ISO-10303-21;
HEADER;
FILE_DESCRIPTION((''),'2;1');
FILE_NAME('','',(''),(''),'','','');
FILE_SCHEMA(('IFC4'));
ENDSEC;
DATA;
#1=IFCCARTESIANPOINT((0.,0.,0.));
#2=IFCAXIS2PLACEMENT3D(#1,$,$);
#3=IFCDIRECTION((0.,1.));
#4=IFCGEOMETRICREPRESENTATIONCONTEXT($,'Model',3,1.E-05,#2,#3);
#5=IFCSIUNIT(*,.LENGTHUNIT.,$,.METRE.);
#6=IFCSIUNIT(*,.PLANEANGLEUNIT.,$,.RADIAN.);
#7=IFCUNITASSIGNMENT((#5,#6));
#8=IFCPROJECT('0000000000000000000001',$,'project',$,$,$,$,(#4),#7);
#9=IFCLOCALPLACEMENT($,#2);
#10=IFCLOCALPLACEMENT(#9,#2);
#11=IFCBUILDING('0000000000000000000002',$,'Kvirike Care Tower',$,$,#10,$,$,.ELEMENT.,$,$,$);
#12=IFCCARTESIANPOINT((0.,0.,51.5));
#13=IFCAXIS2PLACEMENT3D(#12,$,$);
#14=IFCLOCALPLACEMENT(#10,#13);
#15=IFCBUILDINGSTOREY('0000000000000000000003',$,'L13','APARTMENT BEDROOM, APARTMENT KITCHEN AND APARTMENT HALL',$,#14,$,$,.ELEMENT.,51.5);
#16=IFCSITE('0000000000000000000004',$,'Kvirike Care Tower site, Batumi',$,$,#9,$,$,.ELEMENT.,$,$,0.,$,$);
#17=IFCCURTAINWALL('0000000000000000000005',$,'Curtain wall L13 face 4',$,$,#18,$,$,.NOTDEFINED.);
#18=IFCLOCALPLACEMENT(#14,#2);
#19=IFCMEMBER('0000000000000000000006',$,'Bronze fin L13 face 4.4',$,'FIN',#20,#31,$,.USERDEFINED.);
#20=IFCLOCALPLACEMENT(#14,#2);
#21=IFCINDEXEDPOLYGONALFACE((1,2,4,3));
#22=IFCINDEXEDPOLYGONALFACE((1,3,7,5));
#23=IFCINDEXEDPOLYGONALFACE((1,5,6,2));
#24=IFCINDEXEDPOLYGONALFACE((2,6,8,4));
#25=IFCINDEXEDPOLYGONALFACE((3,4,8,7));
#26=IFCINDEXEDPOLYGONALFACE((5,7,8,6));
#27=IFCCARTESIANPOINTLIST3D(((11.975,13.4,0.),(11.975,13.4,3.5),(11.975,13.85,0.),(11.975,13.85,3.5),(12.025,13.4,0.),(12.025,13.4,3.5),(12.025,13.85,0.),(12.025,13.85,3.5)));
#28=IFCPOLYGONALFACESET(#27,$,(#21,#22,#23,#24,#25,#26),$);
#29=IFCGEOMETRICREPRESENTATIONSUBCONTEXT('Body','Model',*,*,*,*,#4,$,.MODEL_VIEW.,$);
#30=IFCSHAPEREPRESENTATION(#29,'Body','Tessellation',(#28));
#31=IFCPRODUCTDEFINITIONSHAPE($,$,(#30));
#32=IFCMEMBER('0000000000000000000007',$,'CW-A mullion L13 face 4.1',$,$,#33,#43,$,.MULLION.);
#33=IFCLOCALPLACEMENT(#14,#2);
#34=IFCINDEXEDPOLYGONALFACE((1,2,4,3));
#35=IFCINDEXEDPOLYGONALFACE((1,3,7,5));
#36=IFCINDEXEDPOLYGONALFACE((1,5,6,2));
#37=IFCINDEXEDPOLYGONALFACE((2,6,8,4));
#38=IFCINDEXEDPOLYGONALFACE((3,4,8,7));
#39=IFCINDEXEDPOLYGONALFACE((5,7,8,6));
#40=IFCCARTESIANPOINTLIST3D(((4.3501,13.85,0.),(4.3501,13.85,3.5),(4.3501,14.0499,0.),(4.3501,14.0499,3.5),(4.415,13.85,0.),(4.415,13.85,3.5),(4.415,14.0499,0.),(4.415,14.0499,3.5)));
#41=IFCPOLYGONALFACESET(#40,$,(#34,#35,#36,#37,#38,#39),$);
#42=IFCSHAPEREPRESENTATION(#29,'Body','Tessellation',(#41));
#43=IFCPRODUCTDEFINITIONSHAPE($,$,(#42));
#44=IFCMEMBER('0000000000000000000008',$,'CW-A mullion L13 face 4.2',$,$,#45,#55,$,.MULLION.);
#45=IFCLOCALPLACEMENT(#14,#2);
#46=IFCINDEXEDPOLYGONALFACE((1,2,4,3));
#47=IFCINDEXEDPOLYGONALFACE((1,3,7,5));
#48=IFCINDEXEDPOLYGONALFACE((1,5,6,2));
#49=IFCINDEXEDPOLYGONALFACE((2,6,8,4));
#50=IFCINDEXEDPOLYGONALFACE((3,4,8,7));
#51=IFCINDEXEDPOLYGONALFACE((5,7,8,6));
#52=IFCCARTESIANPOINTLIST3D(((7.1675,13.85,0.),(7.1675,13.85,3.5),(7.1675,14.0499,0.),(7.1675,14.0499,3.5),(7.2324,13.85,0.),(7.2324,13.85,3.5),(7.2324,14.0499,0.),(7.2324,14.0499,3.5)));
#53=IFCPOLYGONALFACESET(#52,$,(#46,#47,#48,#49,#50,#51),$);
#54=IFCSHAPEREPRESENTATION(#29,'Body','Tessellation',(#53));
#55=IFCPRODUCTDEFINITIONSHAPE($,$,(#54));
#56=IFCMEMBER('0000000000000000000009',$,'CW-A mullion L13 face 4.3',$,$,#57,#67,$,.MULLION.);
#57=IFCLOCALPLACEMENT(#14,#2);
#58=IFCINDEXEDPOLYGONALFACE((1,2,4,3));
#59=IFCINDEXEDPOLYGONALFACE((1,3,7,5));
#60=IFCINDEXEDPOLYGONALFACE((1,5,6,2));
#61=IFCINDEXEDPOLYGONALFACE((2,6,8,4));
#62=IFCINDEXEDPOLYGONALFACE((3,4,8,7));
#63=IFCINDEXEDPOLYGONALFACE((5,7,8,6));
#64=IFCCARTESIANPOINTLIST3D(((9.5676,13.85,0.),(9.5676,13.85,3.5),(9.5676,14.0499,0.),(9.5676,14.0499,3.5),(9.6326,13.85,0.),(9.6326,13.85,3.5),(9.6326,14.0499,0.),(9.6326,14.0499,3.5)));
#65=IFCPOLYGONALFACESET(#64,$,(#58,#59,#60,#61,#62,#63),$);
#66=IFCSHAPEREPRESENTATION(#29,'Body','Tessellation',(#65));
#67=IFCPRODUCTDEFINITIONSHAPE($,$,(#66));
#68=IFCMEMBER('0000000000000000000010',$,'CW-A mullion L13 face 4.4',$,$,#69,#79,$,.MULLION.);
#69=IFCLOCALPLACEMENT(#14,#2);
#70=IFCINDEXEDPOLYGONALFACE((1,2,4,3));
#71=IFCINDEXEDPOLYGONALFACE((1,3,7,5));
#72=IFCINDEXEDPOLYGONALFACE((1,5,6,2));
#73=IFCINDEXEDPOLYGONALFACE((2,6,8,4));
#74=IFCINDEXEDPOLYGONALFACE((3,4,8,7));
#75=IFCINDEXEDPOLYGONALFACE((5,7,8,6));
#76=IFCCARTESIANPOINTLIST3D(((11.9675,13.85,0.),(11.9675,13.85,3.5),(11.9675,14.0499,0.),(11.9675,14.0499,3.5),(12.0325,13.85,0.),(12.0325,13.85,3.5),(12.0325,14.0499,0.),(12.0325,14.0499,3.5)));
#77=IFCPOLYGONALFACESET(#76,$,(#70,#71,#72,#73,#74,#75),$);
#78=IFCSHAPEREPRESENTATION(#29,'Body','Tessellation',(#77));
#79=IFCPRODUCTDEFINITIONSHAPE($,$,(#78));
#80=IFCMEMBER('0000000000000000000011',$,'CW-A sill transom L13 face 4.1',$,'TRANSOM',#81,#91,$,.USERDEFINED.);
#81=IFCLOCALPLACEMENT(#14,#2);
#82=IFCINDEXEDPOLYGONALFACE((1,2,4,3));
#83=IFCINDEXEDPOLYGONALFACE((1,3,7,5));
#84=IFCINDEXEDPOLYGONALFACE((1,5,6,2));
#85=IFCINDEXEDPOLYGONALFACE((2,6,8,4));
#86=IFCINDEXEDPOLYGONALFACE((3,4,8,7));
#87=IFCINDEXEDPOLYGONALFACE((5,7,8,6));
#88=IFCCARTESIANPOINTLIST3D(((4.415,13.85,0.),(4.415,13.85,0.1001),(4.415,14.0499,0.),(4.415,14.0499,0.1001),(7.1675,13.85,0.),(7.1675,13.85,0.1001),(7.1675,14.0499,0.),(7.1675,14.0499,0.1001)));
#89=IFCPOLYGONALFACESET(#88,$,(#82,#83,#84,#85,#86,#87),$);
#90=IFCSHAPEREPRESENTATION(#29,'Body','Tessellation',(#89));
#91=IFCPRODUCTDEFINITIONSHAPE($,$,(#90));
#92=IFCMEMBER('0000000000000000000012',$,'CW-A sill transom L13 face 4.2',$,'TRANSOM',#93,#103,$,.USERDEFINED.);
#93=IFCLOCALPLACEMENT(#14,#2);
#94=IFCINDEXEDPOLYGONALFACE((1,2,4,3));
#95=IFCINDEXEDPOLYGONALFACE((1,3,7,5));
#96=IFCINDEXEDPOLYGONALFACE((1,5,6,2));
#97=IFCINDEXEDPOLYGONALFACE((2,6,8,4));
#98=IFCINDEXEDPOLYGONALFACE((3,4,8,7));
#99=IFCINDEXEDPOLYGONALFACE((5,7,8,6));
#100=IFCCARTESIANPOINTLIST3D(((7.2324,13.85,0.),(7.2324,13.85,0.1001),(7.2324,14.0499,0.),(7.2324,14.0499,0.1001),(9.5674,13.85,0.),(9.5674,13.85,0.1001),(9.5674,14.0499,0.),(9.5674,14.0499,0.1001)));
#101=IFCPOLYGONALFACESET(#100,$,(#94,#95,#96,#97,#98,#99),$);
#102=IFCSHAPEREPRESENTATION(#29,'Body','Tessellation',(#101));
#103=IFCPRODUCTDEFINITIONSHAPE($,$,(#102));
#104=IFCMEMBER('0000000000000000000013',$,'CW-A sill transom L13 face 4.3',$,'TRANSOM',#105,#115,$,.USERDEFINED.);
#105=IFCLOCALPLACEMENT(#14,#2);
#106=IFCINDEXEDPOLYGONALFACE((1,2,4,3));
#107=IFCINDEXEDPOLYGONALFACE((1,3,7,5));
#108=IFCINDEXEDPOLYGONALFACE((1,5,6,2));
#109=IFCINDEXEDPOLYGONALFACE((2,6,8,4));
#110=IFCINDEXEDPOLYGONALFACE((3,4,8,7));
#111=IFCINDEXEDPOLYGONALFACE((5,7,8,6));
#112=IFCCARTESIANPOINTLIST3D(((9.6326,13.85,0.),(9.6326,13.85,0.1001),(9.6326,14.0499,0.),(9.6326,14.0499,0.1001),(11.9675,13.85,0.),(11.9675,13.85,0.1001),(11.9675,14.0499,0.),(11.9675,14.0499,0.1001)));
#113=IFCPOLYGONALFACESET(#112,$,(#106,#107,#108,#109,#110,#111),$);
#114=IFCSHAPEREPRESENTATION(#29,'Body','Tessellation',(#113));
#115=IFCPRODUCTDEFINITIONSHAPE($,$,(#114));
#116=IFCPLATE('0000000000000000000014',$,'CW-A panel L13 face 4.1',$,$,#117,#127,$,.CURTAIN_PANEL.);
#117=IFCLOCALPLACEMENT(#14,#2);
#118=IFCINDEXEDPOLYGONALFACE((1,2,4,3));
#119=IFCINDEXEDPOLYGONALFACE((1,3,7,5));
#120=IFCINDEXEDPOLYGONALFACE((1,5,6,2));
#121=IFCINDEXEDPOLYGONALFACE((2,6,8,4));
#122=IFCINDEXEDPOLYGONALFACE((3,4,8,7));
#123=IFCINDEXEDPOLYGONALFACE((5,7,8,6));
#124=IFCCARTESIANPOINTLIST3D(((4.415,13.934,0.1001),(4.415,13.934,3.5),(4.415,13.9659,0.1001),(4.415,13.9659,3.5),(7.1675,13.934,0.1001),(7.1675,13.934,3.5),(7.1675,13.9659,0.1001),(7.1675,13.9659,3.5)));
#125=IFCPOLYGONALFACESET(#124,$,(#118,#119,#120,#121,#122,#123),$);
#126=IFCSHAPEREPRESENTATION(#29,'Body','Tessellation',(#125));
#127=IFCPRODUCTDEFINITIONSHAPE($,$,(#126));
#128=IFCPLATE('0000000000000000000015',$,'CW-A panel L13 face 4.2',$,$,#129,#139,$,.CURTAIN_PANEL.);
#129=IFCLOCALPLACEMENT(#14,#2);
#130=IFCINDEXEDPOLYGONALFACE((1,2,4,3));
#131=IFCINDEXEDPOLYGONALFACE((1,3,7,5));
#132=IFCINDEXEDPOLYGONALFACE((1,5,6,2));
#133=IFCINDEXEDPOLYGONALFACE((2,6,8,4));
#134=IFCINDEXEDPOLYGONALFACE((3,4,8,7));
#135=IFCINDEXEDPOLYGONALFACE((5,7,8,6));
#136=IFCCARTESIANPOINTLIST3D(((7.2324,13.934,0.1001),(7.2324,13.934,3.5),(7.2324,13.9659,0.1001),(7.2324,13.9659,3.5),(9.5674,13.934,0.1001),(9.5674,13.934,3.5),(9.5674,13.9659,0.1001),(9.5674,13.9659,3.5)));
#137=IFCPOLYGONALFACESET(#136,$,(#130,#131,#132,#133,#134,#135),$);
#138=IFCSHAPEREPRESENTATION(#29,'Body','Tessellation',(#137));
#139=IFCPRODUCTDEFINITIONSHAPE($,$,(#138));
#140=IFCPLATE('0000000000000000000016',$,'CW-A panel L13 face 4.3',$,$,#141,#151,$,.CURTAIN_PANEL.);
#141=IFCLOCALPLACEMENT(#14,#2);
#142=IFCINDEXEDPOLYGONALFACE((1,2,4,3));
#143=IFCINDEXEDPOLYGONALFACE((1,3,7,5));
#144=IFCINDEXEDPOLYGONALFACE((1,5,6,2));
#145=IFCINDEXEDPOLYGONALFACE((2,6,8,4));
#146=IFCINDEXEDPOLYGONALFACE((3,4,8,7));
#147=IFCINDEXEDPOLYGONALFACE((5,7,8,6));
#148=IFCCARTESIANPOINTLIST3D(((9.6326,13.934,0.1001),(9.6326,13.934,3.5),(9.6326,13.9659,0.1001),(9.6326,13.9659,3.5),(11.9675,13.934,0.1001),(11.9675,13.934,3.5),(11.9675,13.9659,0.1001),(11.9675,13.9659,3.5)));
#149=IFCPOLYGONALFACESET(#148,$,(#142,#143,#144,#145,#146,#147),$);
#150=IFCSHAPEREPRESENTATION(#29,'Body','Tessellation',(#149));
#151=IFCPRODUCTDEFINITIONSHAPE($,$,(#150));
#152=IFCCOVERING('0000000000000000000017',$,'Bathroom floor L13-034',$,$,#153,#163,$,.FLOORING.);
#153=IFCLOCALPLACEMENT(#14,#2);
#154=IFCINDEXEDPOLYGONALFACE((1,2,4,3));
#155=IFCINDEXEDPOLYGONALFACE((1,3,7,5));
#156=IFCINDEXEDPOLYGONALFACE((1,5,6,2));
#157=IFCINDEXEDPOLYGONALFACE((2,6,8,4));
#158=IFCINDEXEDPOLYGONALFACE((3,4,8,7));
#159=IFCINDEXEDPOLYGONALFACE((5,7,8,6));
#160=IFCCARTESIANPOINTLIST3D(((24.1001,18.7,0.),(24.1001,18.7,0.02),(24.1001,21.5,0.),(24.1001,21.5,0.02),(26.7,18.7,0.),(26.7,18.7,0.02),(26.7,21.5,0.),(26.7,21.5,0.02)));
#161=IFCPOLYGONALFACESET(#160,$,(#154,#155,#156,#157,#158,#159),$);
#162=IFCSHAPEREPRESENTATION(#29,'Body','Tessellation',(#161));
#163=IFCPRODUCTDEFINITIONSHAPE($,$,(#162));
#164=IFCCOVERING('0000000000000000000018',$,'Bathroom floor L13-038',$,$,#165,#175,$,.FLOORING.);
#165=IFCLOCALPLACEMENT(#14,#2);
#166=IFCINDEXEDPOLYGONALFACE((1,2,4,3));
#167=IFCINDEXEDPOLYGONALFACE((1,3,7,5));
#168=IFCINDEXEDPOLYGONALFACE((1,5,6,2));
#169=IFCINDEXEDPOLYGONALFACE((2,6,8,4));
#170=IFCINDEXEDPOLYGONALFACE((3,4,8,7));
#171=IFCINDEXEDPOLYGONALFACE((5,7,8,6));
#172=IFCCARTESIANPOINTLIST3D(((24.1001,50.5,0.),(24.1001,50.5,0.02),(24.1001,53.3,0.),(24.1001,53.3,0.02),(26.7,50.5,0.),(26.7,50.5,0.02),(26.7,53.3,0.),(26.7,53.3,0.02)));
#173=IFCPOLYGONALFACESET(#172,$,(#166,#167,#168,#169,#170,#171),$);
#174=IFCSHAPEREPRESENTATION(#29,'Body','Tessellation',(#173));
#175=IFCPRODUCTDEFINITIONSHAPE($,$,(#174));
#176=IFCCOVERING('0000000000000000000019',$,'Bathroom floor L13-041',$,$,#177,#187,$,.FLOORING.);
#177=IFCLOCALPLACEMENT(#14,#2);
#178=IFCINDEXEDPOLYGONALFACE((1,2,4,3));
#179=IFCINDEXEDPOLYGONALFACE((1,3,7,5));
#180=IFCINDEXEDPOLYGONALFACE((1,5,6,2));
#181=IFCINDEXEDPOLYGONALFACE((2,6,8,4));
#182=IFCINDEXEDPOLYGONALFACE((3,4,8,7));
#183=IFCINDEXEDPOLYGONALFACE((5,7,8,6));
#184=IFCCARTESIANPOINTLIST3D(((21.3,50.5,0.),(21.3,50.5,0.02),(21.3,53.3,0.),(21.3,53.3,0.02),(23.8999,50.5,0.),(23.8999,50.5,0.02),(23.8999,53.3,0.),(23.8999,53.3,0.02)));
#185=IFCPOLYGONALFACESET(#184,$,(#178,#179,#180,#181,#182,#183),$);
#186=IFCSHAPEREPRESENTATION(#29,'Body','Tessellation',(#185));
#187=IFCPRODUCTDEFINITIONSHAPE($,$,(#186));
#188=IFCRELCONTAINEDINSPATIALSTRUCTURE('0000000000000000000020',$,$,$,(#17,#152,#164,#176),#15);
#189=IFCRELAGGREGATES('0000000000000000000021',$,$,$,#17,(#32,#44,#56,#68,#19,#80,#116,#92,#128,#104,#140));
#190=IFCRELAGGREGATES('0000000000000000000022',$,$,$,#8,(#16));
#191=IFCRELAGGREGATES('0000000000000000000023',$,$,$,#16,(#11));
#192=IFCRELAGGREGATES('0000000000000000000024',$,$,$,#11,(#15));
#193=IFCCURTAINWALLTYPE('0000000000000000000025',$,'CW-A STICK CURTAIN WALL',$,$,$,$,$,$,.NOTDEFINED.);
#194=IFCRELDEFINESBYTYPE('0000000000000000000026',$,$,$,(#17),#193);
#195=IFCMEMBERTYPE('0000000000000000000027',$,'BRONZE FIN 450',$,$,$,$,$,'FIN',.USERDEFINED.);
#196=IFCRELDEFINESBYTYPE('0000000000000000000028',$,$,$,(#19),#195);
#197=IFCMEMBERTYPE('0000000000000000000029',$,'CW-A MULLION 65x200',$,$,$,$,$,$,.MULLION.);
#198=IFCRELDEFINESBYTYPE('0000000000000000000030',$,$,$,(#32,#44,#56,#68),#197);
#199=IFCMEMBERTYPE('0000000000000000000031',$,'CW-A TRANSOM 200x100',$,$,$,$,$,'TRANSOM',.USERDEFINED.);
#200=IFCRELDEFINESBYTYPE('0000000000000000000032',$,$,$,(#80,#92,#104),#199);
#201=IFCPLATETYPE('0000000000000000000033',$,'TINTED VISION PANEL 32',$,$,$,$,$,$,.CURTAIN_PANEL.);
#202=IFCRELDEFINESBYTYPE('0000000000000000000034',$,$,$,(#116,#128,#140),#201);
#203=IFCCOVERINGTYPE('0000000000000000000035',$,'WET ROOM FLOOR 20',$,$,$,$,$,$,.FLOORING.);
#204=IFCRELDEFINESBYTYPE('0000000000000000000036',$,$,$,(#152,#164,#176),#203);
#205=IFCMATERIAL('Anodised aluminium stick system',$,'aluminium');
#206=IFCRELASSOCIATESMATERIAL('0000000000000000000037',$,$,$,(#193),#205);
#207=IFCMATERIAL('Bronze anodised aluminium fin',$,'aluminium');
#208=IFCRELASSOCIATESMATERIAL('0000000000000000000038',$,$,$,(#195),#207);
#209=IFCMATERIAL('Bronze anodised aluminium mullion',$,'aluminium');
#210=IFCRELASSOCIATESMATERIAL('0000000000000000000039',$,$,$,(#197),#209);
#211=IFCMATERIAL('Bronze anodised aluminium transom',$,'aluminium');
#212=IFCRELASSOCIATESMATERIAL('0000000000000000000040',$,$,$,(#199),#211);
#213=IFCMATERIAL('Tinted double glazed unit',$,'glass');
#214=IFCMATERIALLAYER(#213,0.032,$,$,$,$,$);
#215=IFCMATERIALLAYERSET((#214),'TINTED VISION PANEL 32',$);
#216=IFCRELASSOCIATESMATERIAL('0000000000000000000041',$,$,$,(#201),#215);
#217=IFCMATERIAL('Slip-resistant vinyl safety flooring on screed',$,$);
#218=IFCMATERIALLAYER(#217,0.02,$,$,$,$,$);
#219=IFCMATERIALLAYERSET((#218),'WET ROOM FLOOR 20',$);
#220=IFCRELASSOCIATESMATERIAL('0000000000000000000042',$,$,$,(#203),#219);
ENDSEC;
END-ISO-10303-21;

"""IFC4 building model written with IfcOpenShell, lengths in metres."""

from ifc_helpers import new_model, si_unit, direction, frame, origin, origin_2d, place, context, subcontext, project, spatial, polyline, rectangle, outline, extrude, material, layer, layer_set, material_profile, profile_set, type_object, element, aggregate, save


model = new_model("IFC4")

# Units and contexts
model_context = context("Model", 3, precision=1e-05, world=origin(), true_north=direction((0.0, 1.0)))
body_context = subcontext(model_context, "Body", "Model", "MODEL_VIEW")
ifc_project = project(units=[si_unit("LENGTHUNIT", "METRE"), si_unit("PLANEANGLEUNIT", "RADIAN")], contexts=[model_context])

# Site, building, storey
site_placement = place(None, origin())
site = spatial("IfcSite", under=ifc_project, at=site_placement, Name="Kvirike Care Tower site, Batumi", CompositionType="ELEMENT", RefElevation=0.0)
building_placement = place(site_placement, origin())
building = spatial("IfcBuilding", under=site, at=building_placement, Name="Kvirike Care Tower", CompositionType="ELEMENT")
storey_placement = place(building_placement, frame((0.0, 0.0, 51.5)))
storey = spatial("IfcBuildingStorey", under=building, at=storey_placement, Name="L13", Description="APARTMENT BEDROOM, APARTMENT KITCHEN AND APARTMENT HALL", CompositionType="ELEMENT", Elevation=51.5)

# Curtain wall, members, plates
ifc_material_1 = material(Name="Anodised aluminium stick system", Category="aluminium")
curtain_wall_type = type_object("IfcCurtainWallType", Name="CW-A STICK CURTAIN WALL", PredefinedType="NOTDEFINED", material=ifc_material_1)
curtain_wall_placement = place(storey_placement, origin())
curtain_wall = element("IfcCurtainWall", 1, at=curtain_wall_placement, inside=storey, type_object=curtain_wall_type, Name="Curtain wall L13 face 4", PredefinedType="NOTDEFINED")
ifc_material_2 = material(Name="Bronze anodised aluminium fin", Category="aluminium")
ifc_material_profile_1 = material_profile(ifc_material_2, rectangle(XDim=0.05, YDim=0.45, at=origin_2d()), Name="BRONZE FIN 450")
ifc_profile_set_1 = profile_set([ifc_material_profile_1], Name="Bronze anodised aluminium fin")
member_type_1 = type_object("IfcMemberType", Name="BRONZE FIN 450", ElementType="FIN", PredefinedType="USERDEFINED", material=ifc_profile_set_1)
member_1_placement = place(storey_placement, frame((12.0, 13.625, 0.0), z_axis=(0.0, 0.0, 1.0), x_axis=(1.0, 0.0, 0.0)))
member_1 = element("IfcMember", 2, at=member_1_placement, type_object=member_type_1, Name="Bronze fin L13 face 4.4", ObjectType="FIN", PredefinedType="USERDEFINED", context=body_context, shape_type="SweptSolid", body=[
    extrude(rectangle(XDim=0.05, YDim=0.45, at=origin_2d()), origin(), (0.0, 0.0, 1.0), 3.5),
])
ifc_material_3 = material(Name="Bronze anodised aluminium mullion", Category="aluminium")
ifc_material_profile_2 = material_profile(ifc_material_3, rectangle(XDim=0.0649, YDim=0.2, at=origin_2d()), Name="CW-A MULLION 65x200")
ifc_profile_set_2 = profile_set([ifc_material_profile_2], Name="Bronze anodised aluminium mullion")
member_type_2 = type_object("IfcMemberType", Name="CW-A MULLION 65x200", PredefinedType="MULLION", material=ifc_profile_set_2)
member_2_placement = place(storey_placement, frame((4.3826, 13.95, 0.0), z_axis=(0.0, 0.0, 1.0), x_axis=(1.0, 0.0, 0.0)))
member_2 = element("IfcMember", 3, at=member_2_placement, type_object=member_type_2, Name="CW-A mullion L13 face 4.1", PredefinedType="MULLION", context=body_context, shape_type="SweptSolid", body=[
    extrude(rectangle(XDim=0.0649, YDim=0.2, at=origin_2d()), origin(), (0.0, 0.0, 1.0), 3.5),
])
member_3_placement = place(storey_placement, frame((7.2, 13.95, 0.0), z_axis=(0.0, 0.0, 1.0), x_axis=(1.0, 0.0, 0.0)))
member_3 = element("IfcMember", 4, at=member_3_placement, type_object=member_type_2, Name="CW-A mullion L13 face 4.2", PredefinedType="MULLION", context=body_context, shape_type="SweptSolid", body=[
    extrude(rectangle(XDim=0.0649, YDim=0.2, at=origin_2d()), origin(), (0.0, 0.0, 1.0), 3.5),
])
member_4_placement = place(storey_placement, frame((9.6001, 13.95, 0.0), z_axis=(0.0, 0.0, 1.0), x_axis=(1.0, 0.0, 0.0)))
member_4 = element("IfcMember", 5, at=member_4_placement, type_object=member_type_2, Name="CW-A mullion L13 face 4.3", PredefinedType="MULLION", context=body_context, shape_type="SweptSolid", body=[
    extrude(rectangle(XDim=0.0649, YDim=0.2, at=origin_2d()), origin(), (0.0, 0.0, 1.0), 3.5),
])
member_5_placement = place(storey_placement, frame((12.0, 13.95, 0.0), z_axis=(0.0, 0.0, 1.0), x_axis=(1.0, 0.0, 0.0)))
member_5 = element("IfcMember", 6, at=member_5_placement, type_object=member_type_2, Name="CW-A mullion L13 face 4.4", PredefinedType="MULLION", context=body_context, shape_type="SweptSolid", body=[
    extrude(rectangle(XDim=0.0649, YDim=0.2, at=origin_2d()), origin(), (0.0, 0.0, 1.0), 3.5),
])
ifc_material_4 = material(Name="Bronze anodised aluminium transom", Category="aluminium")
ifc_material_profile_3 = material_profile(ifc_material_4, rectangle(XDim=0.2, YDim=0.1001, at=origin_2d()), Name="CW-A TRANSOM 200x100")
ifc_profile_set_3 = profile_set([ifc_material_profile_3], Name="Bronze anodised aluminium transom")
member_type_3 = type_object("IfcMemberType", Name="CW-A TRANSOM 200x100", ElementType="TRANSOM", PredefinedType="USERDEFINED", material=ifc_profile_set_3)
member_6_placement = place(storey_placement, frame((4.415, 13.95, 0.05), z_axis=(1.0, 0.0, 0.0), x_axis=(0.0, 1.0, 0.0)))
member_6 = element("IfcMember", 7, at=member_6_placement, type_object=member_type_3, Name="CW-A sill transom L13 face 4.1", ObjectType="TRANSOM", PredefinedType="USERDEFINED", context=body_context, shape_type="SweptSolid", body=[
    extrude(rectangle(XDim=0.2, YDim=0.1001, at=origin_2d()), origin(), (0.0, 0.0, 1.0), 2.7524),
])
member_7_placement = place(storey_placement, frame((7.2324, 13.95, 0.05), z_axis=(1.0, 0.0, 0.0), x_axis=(0.0, 1.0, 0.0)))
member_7 = element("IfcMember", 8, at=member_7_placement, type_object=member_type_3, Name="CW-A sill transom L13 face 4.2", ObjectType="TRANSOM", PredefinedType="USERDEFINED", context=body_context, shape_type="SweptSolid", body=[
    extrude(rectangle(XDim=0.2, YDim=0.1001, at=origin_2d()), origin(), (0.0, 0.0, 1.0), 2.335),
])
member_8_placement = place(storey_placement, frame((9.6326, 13.95, 0.05), z_axis=(1.0, 0.0, 0.0), x_axis=(0.0, 1.0, 0.0)))
member_8 = element("IfcMember", 9, at=member_8_placement, type_object=member_type_3, Name="CW-A sill transom L13 face 4.3", ObjectType="TRANSOM", PredefinedType="USERDEFINED", context=body_context, shape_type="SweptSolid", body=[
    extrude(rectangle(XDim=0.2, YDim=0.1001, at=origin_2d()), origin(), (0.0, 0.0, 1.0), 2.335),
])
ifc_material_5 = material(Name="Tinted double glazed unit", Category="glass")
ifc_layer_1 = layer(ifc_material_5, 0.032)
ifc_layer_set_1 = layer_set([ifc_layer_1], Name="TINTED VISION PANEL 32")
plate_type = type_object("IfcPlateType", Name="TINTED VISION PANEL 32", PredefinedType="CURTAIN_PANEL", material=ifc_layer_set_1)
plate_1_placement = place(storey_placement, frame((5.7913, 13.95, 0.1001), z_axis=(0.0, 0.0, 1.0), x_axis=(1.0, 0.0, 0.0)))
plate_1 = element("IfcPlate", 10, at=plate_1_placement, type_object=plate_type, Name="CW-A panel L13 face 4.1", PredefinedType="CURTAIN_PANEL", context=body_context, shape_type="SweptSolid", body=[
    extrude(rectangle(XDim=2.7524, YDim=0.032, at=origin_2d()), origin(), (0.0, 0.0, 1.0), 3.3999),
])
plate_2_placement = place(storey_placement, frame((8.3999, 13.95, 0.1001), z_axis=(0.0, 0.0, 1.0), x_axis=(1.0, 0.0, 0.0)))
plate_2 = element("IfcPlate", 11, at=plate_2_placement, type_object=plate_type, Name="CW-A panel L13 face 4.2", PredefinedType="CURTAIN_PANEL", context=body_context, shape_type="SweptSolid", body=[
    extrude(rectangle(XDim=2.335, YDim=0.032, at=origin_2d()), origin(), (0.0, 0.0, 1.0), 3.3999),
])
plate_3_placement = place(storey_placement, frame((10.8, 13.95, 0.1001), z_axis=(0.0, 0.0, 1.0), x_axis=(1.0, 0.0, 0.0)))
plate_3 = element("IfcPlate", 12, at=plate_3_placement, type_object=plate_type, Name="CW-A panel L13 face 4.3", PredefinedType="CURTAIN_PANEL", context=body_context, shape_type="SweptSolid", body=[
    extrude(rectangle(XDim=2.335, YDim=0.032, at=origin_2d()), origin(), (0.0, 0.0, 1.0), 3.3999),
])
aggregate(curtain_wall, [member_2, member_3, member_4, member_5, member_1, member_6, plate_1, member_7, plate_2, member_8, plate_3])

# Coverings
ifc_material_6 = material(Name="Slip-resistant vinyl safety flooring on screed")
ifc_layer_2 = layer(ifc_material_6, 0.02)
ifc_layer_set_2 = layer_set([ifc_layer_2], Name="WET ROOM FLOOR 20")
covering_type = type_object("IfcCoveringType", Name="WET ROOM FLOOR 20", PredefinedType="FLOORING", material=ifc_layer_set_2)
covering_1_placement = place(storey_placement, origin())
element("IfcCovering", 13, at=covering_1_placement, inside=storey, type_object=covering_type, Name="Bathroom floor L13-034", PredefinedType="FLOORING", context=body_context, shape_type="SweptSolid", body=[
    extrude(outline(polyline([(24.1001, 18.7), (24.1001, 21.5), (26.7, 21.5), (26.7, 18.7), (24.1001, 18.7)])), origin(), (0.0, 0.0, 1.0), 0.02),
])
covering_2_placement = place(storey_placement, origin())
element("IfcCovering", 14, at=covering_2_placement, inside=storey, type_object=covering_type, Name="Bathroom floor L13-038", PredefinedType="FLOORING", context=body_context, shape_type="SweptSolid", body=[
    extrude(outline(polyline([(26.7, 53.3), (26.7, 50.5), (24.1001, 50.5), (24.1001, 53.3), (26.7, 53.3)])), origin(), (0.0, 0.0, 1.0), 0.02),
])
covering_3_placement = place(storey_placement, origin())
element("IfcCovering", 15, at=covering_3_placement, inside=storey, type_object=covering_type, Name="Bathroom floor L13-041", PredefinedType="FLOORING", context=body_context, shape_type="SweptSolid", body=[
    extrude(outline(polyline([(23.8999, 53.3), (23.8999, 50.5), (21.3, 50.5), (21.3, 53.3), (23.8999, 53.3)])), origin(), (0.0, 0.0, 1.0), 0.02),
])

save(model, "model.ifc")
